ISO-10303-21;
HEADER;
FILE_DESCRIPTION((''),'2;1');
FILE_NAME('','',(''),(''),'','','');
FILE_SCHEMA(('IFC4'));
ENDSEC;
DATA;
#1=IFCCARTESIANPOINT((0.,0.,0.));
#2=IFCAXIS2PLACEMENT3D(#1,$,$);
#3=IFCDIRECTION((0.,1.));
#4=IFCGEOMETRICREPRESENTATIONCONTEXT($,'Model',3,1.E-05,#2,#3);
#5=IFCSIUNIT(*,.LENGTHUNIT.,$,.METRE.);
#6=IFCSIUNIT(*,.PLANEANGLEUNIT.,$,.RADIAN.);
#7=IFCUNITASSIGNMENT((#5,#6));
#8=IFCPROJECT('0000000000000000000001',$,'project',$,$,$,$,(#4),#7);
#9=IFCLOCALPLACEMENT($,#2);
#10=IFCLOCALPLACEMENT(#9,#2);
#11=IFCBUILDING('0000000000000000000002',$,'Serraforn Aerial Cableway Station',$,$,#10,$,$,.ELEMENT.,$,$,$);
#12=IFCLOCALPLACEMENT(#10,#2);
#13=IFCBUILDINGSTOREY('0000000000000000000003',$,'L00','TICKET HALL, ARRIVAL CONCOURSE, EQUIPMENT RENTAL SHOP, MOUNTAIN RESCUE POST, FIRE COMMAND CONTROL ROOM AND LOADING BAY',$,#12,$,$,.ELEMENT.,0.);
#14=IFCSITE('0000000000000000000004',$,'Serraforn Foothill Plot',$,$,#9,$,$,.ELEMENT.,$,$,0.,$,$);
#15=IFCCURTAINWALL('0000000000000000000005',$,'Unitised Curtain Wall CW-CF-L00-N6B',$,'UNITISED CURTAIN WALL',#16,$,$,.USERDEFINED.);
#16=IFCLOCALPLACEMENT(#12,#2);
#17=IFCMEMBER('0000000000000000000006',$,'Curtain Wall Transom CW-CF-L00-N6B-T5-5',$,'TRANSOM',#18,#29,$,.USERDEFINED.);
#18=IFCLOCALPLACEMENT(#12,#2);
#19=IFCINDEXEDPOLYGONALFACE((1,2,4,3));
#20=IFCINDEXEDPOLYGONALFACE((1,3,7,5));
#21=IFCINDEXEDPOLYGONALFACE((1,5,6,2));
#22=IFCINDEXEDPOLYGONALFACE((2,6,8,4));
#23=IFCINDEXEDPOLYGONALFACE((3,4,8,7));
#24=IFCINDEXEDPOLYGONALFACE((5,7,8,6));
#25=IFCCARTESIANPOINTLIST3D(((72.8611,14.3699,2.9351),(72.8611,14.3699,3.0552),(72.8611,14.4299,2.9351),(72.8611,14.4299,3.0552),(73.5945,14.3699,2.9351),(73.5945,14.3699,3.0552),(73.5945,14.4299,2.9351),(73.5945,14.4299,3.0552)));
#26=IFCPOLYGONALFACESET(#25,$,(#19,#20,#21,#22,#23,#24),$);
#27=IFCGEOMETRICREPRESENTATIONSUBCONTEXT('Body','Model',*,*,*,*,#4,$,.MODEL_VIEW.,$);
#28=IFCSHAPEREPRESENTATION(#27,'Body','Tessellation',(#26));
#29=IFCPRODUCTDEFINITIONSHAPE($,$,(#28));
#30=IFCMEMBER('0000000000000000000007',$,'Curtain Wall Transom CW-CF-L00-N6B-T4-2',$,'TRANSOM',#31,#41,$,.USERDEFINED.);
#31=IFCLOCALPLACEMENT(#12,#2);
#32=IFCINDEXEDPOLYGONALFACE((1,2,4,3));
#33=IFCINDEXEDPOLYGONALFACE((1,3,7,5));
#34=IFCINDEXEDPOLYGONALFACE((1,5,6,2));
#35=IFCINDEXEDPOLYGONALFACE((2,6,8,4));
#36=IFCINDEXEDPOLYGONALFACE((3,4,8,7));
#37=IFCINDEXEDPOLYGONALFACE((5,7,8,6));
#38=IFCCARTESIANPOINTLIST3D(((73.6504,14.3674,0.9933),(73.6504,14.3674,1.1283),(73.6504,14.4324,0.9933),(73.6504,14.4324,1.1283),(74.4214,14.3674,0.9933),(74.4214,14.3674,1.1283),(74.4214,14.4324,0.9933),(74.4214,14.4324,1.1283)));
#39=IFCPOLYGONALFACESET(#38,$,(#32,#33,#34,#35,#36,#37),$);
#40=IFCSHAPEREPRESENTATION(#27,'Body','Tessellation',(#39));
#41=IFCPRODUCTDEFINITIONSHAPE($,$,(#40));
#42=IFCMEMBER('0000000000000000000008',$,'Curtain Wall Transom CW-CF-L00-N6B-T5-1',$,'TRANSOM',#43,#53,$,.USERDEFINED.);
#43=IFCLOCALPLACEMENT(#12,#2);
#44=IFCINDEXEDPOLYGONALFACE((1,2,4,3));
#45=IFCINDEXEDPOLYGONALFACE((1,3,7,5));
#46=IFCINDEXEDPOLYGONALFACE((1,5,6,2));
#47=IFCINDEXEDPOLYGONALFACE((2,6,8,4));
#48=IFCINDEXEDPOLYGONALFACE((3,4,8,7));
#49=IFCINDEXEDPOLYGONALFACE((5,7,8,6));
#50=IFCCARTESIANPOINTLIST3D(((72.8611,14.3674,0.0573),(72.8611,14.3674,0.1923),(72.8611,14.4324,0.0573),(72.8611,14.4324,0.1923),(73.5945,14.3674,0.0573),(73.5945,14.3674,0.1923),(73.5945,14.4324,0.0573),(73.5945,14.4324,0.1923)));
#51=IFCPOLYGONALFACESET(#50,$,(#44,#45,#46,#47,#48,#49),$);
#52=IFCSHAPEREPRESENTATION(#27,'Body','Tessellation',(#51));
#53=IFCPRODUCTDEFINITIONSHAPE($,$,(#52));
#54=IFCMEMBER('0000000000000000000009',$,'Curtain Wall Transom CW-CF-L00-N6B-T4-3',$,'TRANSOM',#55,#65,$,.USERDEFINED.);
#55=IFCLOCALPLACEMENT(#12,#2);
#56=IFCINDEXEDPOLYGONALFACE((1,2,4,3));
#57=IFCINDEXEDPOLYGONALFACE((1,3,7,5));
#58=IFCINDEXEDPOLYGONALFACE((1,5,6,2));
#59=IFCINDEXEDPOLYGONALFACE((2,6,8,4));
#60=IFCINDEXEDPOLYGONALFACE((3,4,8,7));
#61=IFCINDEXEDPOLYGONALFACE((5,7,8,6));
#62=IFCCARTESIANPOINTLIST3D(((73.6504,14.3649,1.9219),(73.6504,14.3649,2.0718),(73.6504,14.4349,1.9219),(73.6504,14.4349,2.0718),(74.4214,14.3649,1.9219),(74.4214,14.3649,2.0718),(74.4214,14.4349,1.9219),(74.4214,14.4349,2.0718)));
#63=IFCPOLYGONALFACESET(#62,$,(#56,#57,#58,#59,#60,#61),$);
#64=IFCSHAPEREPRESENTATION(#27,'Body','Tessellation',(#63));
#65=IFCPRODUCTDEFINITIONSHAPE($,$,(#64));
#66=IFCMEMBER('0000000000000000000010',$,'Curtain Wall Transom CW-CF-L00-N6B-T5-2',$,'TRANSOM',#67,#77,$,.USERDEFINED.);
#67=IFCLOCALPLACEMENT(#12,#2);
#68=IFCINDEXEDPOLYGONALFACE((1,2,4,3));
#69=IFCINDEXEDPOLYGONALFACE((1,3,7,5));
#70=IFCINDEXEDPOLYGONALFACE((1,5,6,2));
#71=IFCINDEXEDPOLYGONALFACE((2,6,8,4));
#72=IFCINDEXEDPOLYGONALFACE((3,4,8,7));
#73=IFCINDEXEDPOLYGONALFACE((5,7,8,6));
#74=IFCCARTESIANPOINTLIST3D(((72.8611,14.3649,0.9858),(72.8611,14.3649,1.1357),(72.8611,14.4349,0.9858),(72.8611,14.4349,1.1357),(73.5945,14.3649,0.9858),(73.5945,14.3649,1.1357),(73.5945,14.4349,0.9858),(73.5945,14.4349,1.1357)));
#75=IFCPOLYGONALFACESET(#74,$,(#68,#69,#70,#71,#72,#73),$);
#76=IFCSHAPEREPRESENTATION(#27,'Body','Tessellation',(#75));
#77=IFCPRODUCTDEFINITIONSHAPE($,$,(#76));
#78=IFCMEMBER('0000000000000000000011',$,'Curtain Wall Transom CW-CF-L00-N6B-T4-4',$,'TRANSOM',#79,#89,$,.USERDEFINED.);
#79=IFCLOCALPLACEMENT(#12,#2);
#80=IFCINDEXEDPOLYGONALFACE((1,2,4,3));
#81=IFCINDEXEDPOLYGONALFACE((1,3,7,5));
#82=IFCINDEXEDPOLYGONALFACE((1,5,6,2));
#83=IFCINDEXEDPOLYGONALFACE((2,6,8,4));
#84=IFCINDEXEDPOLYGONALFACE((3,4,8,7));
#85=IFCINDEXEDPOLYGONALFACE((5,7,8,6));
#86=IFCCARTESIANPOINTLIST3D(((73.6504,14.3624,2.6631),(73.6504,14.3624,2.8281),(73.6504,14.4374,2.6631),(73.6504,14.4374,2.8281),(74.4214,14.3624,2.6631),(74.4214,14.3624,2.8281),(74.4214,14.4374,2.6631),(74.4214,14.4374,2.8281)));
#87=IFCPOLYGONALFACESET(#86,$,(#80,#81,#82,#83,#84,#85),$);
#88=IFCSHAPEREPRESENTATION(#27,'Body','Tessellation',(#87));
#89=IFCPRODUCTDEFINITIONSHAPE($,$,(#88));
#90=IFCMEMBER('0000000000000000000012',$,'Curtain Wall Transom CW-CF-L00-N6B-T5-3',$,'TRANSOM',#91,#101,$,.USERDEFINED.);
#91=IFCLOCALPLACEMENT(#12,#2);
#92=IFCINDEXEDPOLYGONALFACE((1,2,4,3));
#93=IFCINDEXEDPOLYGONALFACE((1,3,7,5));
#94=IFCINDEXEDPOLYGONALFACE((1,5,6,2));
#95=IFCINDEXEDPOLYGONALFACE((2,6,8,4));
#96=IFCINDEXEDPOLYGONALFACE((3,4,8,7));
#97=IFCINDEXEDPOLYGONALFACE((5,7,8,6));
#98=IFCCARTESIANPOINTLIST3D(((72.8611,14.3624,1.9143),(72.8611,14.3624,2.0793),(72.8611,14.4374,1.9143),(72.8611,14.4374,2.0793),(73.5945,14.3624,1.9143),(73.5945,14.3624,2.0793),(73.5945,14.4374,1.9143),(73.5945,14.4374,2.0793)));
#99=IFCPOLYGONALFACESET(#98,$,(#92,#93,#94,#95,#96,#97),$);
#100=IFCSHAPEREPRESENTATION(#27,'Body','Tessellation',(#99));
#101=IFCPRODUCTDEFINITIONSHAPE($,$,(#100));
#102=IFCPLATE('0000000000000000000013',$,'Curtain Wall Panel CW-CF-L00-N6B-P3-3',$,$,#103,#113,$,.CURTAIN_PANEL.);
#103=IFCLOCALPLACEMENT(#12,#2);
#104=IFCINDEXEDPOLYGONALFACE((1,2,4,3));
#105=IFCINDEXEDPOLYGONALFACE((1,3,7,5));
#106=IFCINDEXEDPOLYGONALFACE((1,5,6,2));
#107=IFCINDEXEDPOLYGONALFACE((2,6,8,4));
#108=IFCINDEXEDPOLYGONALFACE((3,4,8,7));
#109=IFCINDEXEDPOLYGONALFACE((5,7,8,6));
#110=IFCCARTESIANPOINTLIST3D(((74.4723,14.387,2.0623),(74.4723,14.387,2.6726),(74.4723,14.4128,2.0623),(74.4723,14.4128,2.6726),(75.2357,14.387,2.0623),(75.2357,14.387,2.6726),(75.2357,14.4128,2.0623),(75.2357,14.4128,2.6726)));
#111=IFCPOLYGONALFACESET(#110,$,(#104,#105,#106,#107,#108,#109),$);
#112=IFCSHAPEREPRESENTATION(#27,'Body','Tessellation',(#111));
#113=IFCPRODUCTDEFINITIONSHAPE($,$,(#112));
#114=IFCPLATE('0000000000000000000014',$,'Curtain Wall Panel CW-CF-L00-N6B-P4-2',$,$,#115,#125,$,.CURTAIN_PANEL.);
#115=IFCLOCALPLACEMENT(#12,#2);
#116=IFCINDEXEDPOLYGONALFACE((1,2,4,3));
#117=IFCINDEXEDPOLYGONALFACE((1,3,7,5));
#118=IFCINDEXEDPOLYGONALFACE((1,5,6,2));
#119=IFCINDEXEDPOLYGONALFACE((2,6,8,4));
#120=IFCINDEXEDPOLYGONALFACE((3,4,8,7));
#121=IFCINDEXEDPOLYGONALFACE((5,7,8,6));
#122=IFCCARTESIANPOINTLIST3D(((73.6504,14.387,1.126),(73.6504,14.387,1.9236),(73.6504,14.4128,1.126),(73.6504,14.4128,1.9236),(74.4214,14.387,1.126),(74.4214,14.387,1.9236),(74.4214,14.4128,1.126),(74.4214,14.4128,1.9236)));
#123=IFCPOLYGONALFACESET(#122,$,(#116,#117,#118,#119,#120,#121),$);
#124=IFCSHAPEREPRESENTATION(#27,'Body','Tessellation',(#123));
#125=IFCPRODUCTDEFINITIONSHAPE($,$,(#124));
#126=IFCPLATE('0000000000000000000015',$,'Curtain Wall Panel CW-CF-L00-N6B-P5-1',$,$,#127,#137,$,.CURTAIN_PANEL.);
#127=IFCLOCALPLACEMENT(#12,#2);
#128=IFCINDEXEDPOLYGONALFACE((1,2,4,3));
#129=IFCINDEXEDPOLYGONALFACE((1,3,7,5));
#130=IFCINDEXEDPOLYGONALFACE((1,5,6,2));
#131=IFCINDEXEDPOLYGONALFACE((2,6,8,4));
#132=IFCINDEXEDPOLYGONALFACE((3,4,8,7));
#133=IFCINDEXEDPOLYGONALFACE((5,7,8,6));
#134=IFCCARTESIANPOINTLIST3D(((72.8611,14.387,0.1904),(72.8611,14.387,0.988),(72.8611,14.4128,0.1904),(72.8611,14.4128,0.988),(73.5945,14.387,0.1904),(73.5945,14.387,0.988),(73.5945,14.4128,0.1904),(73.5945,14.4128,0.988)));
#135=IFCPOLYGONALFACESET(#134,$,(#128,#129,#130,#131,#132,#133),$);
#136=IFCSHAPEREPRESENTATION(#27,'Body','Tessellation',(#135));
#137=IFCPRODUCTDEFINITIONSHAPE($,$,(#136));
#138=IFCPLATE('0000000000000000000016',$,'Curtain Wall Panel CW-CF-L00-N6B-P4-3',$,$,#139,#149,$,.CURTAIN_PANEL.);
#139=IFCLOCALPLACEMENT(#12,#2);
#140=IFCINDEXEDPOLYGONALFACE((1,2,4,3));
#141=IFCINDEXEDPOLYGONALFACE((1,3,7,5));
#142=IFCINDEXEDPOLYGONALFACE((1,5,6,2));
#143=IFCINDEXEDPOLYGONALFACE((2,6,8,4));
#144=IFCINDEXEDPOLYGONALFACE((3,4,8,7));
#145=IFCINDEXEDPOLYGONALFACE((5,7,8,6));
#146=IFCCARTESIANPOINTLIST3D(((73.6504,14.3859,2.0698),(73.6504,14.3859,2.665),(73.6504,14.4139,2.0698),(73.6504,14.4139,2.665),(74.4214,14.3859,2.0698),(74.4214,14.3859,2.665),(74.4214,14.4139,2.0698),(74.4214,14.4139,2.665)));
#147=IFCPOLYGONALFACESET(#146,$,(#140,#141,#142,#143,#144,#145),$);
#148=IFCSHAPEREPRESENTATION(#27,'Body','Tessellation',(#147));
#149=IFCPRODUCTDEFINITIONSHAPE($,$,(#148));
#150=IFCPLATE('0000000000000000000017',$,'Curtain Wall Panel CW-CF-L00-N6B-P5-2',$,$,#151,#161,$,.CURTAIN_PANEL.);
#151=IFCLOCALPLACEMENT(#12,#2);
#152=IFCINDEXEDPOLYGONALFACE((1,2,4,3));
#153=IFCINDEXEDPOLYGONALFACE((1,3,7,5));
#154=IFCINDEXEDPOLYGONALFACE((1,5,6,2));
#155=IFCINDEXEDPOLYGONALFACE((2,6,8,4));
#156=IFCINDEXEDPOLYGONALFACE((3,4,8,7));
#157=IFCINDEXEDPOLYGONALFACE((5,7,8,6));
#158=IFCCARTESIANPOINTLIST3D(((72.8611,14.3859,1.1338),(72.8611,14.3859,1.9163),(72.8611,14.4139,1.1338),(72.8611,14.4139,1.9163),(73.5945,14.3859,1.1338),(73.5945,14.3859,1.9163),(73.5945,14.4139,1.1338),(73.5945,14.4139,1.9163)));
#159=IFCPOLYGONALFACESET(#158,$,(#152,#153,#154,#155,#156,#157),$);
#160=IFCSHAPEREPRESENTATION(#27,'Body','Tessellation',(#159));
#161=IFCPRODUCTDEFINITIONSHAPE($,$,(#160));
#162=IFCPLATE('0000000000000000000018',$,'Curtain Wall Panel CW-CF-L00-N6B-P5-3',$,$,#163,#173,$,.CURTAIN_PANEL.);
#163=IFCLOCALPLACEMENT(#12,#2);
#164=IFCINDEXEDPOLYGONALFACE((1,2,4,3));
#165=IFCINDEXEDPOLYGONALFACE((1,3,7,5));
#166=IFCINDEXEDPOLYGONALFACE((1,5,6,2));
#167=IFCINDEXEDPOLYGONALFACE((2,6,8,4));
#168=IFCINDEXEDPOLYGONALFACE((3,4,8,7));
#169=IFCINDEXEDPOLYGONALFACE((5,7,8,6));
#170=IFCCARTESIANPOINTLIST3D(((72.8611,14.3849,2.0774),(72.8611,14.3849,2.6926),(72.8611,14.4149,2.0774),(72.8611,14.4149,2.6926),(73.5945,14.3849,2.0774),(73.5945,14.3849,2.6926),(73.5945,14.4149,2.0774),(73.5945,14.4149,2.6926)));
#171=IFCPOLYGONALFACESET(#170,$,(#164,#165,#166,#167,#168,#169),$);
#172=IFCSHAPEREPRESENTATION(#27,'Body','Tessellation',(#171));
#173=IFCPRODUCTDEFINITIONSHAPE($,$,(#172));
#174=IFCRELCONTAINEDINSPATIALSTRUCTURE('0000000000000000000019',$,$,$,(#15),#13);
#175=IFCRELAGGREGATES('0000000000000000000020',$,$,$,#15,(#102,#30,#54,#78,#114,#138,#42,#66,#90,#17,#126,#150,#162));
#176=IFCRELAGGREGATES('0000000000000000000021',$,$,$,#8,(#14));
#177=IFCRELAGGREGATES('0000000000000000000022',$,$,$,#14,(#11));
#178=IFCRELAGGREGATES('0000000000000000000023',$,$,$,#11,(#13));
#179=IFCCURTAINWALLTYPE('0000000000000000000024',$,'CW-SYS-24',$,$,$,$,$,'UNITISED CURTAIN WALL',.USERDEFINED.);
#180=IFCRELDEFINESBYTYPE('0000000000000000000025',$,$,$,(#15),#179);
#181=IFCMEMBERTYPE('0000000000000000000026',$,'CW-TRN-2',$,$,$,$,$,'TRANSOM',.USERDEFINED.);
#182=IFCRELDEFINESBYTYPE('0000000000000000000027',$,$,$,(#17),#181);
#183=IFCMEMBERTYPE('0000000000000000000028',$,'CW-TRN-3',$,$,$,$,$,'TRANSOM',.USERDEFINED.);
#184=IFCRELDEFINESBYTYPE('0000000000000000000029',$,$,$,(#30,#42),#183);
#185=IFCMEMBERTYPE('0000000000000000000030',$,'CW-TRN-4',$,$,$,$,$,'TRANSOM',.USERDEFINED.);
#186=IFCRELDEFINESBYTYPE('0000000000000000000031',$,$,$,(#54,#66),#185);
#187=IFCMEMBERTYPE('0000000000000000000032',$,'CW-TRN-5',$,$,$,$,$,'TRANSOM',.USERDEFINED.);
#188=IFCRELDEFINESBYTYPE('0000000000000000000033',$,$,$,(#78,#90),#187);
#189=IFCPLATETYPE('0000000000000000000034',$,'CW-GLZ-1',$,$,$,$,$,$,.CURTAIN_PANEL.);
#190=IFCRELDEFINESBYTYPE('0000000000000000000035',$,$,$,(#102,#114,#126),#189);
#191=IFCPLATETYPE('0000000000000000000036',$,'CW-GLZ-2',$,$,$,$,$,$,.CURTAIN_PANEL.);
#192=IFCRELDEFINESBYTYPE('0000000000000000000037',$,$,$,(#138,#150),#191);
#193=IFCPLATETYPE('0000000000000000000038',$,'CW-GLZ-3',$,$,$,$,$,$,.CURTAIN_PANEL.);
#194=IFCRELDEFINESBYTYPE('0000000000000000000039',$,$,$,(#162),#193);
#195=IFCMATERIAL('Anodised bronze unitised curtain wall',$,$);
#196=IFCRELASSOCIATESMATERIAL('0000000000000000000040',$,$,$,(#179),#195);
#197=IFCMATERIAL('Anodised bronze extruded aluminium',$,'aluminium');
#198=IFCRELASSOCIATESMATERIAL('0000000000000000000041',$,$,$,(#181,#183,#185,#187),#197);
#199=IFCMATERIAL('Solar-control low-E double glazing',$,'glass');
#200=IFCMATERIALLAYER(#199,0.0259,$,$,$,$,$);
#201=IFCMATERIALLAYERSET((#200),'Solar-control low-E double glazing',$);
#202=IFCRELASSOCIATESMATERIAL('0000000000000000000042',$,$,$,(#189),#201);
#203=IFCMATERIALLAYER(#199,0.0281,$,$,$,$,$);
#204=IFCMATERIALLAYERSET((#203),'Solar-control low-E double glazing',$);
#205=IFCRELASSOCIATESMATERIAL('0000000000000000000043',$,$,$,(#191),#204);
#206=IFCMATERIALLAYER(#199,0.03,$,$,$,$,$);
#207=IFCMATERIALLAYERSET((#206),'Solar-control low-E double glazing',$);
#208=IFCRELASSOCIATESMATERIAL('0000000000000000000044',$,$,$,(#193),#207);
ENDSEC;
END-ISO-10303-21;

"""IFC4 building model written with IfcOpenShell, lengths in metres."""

from ifc_helpers import new_model, si_unit, direction, frame, origin, origin_2d, place, context, subcontext, project, spatial, rectangle, extrude, material, layer, layer_set, material_profile, profile_set, type_object, element, aggregate, save


model = new_model("IFC4")

# Units and contexts
model_context = context("Model", 3, precision=1e-05, world=origin(), true_north=direction((0.0, 1.0)))
body_context = subcontext(model_context, "Body", "Model", "MODEL_VIEW")
ifc_project = project(units=[si_unit("LENGTHUNIT", "METRE"), si_unit("PLANEANGLEUNIT", "RADIAN")], contexts=[model_context])

# Site, building, storey
site_placement = place(None, origin())
site = spatial("IfcSite", under=ifc_project, at=site_placement, Name="Serraforn Foothill Plot", CompositionType="ELEMENT", RefElevation=0.0)
building_placement = place(site_placement, origin())
building = spatial("IfcBuilding", under=site, at=building_placement, Name="Serraforn Aerial Cableway Station", CompositionType="ELEMENT")
storey_placement = place(building_placement, origin())
storey = spatial("IfcBuildingStorey", under=building, at=storey_placement, Name="L00", Description="TICKET HALL, ARRIVAL CONCOURSE, EQUIPMENT RENTAL SHOP, MOUNTAIN RESCUE POST, FIRE COMMAND CONTROL ROOM AND LOADING BAY", CompositionType="ELEMENT", Elevation=0.0)

# Curtain wall, members, plates
ifc_material_1 = material(Name="Anodised bronze unitised curtain wall")
curtain_wall_type = type_object("IfcCurtainWallType", Name="CW-SYS-24", ElementType="UNITISED CURTAIN WALL", PredefinedType="USERDEFINED", material=ifc_material_1)
curtain_wall_placement = place(storey_placement, origin())
curtain_wall = element("IfcCurtainWall", 1, at=curtain_wall_placement, inside=storey, type_object=curtain_wall_type, Name="Unitised Curtain Wall CW-CF-L00-N6B", ObjectType="UNITISED CURTAIN WALL", PredefinedType="USERDEFINED")
ifc_material_2 = material(Name="Anodised bronze extruded aluminium", Category="aluminium")
ifc_material_profile_1 = material_profile(ifc_material_2, rectangle(XDim=0.0601, YDim=0.1201, at=origin_2d()), Name="CW TRANSOM 60x120")
ifc_profile_set_1 = profile_set([ifc_material_profile_1], Name="Anodised bronze extruded aluminium")
member_type_1 = type_object("IfcMemberType", Name="CW-TRN-2", ElementType="TRANSOM", PredefinedType="USERDEFINED", material=ifc_profile_set_1)
member_1_placement = place(storey_placement, frame((73.5945, 14.3999, 2.9951), z_axis=(-1.0, 0.0, 0.0), x_axis=(0.0, -1.0, 0.0)))
member_1 = element("IfcMember", 2, at=member_1_placement, type_object=member_type_1, Name="Curtain Wall Transom CW-CF-L00-N6B-T5-5", ObjectType="TRANSOM", PredefinedType="USERDEFINED", context=body_context, shape_type="SweptSolid", body=[
    extrude(rectangle(XDim=0.0601, YDim=0.1201, at=origin_2d()), origin(), (0.0, 0.0, 1.0), 0.7334),
])
ifc_material_profile_2 = material_profile(ifc_material_2, rectangle(XDim=0.0649, YDim=0.135, at=origin_2d()), Name="CW TRANSOM 65x135")
ifc_profile_set_2 = profile_set([ifc_material_profile_2], Name="Anodised bronze extruded aluminium")
member_type_2 = type_object("IfcMemberType", Name="CW-TRN-3", ElementType="TRANSOM", PredefinedType="USERDEFINED", material=ifc_profile_set_2)
member_2_placement = place(storey_placement, frame((74.4214, 14.3999, 1.0608), z_axis=(-1.0, 0.0, 0.0), x_axis=(0.0, -1.0, 0.0)))
member_2 = element("IfcMember", 3, at=member_2_placement, type_object=member_type_2, Name="Curtain Wall Transom CW-CF-L00-N6B-T4-2", ObjectType="TRANSOM", PredefinedType="USERDEFINED", context=body_context, shape_type="SweptSolid", body=[
    extrude(rectangle(XDim=0.0649, YDim=0.135, at=origin_2d()), origin(), (0.0, 0.0, 1.0), 0.771),
])
member_3_placement = place(storey_placement, frame((73.5945, 14.3999, 0.1248), z_axis=(-1.0, 0.0, 0.0), x_axis=(0.0, -1.0, 0.0)))
member_3 = element("IfcMember", 4, at=member_3_placement, type_object=member_type_2, Name="Curtain Wall Transom CW-CF-L00-N6B-T5-1", ObjectType="TRANSOM", PredefinedType="USERDEFINED", context=body_context, shape_type="SweptSolid", body=[
    extrude(rectangle(XDim=0.0649, YDim=0.135, at=origin_2d()), origin(), (0.0, 0.0, 1.0), 0.7334),
])
ifc_material_profile_3 = material_profile(ifc_material_2, rectangle(XDim=0.0701, YDim=0.1499, at=origin_2d()), Name="CW TRANSOM 70x150")
ifc_profile_set_3 = profile_set([ifc_material_profile_3], Name="Anodised bronze extruded aluminium")
member_type_3 = type_object("IfcMemberType", Name="CW-TRN-4", ElementType="TRANSOM", PredefinedType="USERDEFINED", material=ifc_profile_set_3)
member_4_placement = place(storey_placement, frame((74.4214, 14.3999, 1.9968), z_axis=(-1.0, 0.0, 0.0), x_axis=(0.0, -1.0, 0.0)))
member_4 = element("IfcMember", 5, at=member_4_placement, type_object=member_type_3, Name="Curtain Wall Transom CW-CF-L00-N6B-T4-3", ObjectType="TRANSOM", PredefinedType="USERDEFINED", context=body_context, shape_type="SweptSolid", body=[
    extrude(rectangle(XDim=0.0701, YDim=0.1499, at=origin_2d()), origin(), (0.0, 0.0, 1.0), 0.771),
])
member_5_placement = place(storey_placement, frame((73.5945, 14.3999, 1.0608), z_axis=(-1.0, 0.0, 0.0), x_axis=(0.0, -1.0, 0.0)))
member_5 = element("IfcMember", 6, at=member_5_placement, type_object=member_type_3, Name="Curtain Wall Transom CW-CF-L00-N6B-T5-2", ObjectType="TRANSOM", PredefinedType="USERDEFINED", context=body_context, shape_type="SweptSolid", body=[
    extrude(rectangle(XDim=0.0701, YDim=0.1499, at=origin_2d()), origin(), (0.0, 0.0, 1.0), 0.7334),
])
ifc_material_profile_4 = material_profile(ifc_material_2, rectangle(XDim=0.075, YDim=0.165, at=origin_2d()), Name="CW TRANSOM 75x165")
ifc_profile_set_4 = profile_set([ifc_material_profile_4], Name="Anodised bronze extruded aluminium")
member_type_4 = type_object("IfcMemberType", Name="CW-TRN-5", ElementType="TRANSOM", PredefinedType="USERDEFINED", material=ifc_profile_set_4)
member_6_placement = place(storey_placement, frame((74.4214, 14.3999, 2.7456), z_axis=(-1.0, 0.0, 0.0), x_axis=(0.0, -1.0, 0.0)))
member_6 = element("IfcMember", 7, at=member_6_placement, type_object=member_type_4, Name="Curtain Wall Transom CW-CF-L00-N6B-T4-4", ObjectType="TRANSOM", PredefinedType="USERDEFINED", context=body_context, shape_type="SweptSolid", body=[
    extrude(rectangle(XDim=0.075, YDim=0.165, at=origin_2d()), origin(), (0.0, 0.0, 1.0), 0.771),
])
member_7_placement = place(storey_placement, frame((73.5945, 14.3999, 1.9968), z_axis=(-1.0, 0.0, 0.0), x_axis=(0.0, -1.0, 0.0)))
member_7 = element("IfcMember", 8, at=member_7_placement, type_object=member_type_4, Name="Curtain Wall Transom CW-CF-L00-N6B-T5-3", ObjectType="TRANSOM", PredefinedType="USERDEFINED", context=body_context, shape_type="SweptSolid", body=[
    extrude(rectangle(XDim=0.075, YDim=0.165, at=origin_2d()), origin(), (0.0, 0.0, 1.0), 0.7334),
])
ifc_material_3 = material(Name="Solar-control low-E double glazing", Category="glass")
ifc_layer_1 = layer(ifc_material_3, 0.0259)
ifc_layer_set_1 = layer_set([ifc_layer_1], Name="Solar-control low-E double glazing")
plate_type_1 = type_object("IfcPlateType", Name="CW-GLZ-1", PredefinedType="CURTAIN_PANEL", material=ifc_layer_set_1)
plate_1_placement = place(storey_placement, frame((74.854, 14.3999, 2.0623), z_axis=(0.0, 0.0, 1.0), x_axis=(1.0, 0.0, 0.0)))
plate_1 = element("IfcPlate", 9, at=plate_1_placement, type_object=plate_type_1, Name="Curtain Wall Panel CW-CF-L00-N6B-P3-3", PredefinedType="CURTAIN_PANEL", context=body_context, shape_type="SweptSolid", body=[
    extrude(rectangle(XDim=0.7634, YDim=0.0259, at=origin_2d()), origin(), (0.0, 0.0, 1.0), 0.6104),
])
plate_2_placement = place(storey_placement, frame((74.0359, 14.3999, 1.126), z_axis=(0.0, 0.0, 1.0), x_axis=(1.0, 0.0, 0.0)))
plate_2 = element("IfcPlate", 10, at=plate_2_placement, type_object=plate_type_1, Name="Curtain Wall Panel CW-CF-L00-N6B-P4-2", PredefinedType="CURTAIN_PANEL", context=body_context, shape_type="SweptSolid", body=[
    extrude(rectangle(XDim=0.771, YDim=0.0259, at=origin_2d()), origin(), (0.0, 0.0, 1.0), 0.7976),
])
plate_3_placement = place(storey_placement, frame((73.2278, 14.3999, 0.1904), z_axis=(0.0, 0.0, 1.0), x_axis=(1.0, 0.0, 0.0)))
plate_3 = element("IfcPlate", 11, at=plate_3_placement, type_object=plate_type_1, Name="Curtain Wall Panel CW-CF-L00-N6B-P5-1", PredefinedType="CURTAIN_PANEL", context=body_context, shape_type="SweptSolid", body=[
    extrude(rectangle(XDim=0.7334, YDim=0.0259, at=origin_2d()), origin(), (0.0, 0.0, 1.0), 0.7976),
])
ifc_layer_2 = layer(ifc_material_3, 0.0281)
ifc_layer_set_2 = layer_set([ifc_layer_2], Name="Solar-control low-E double glazing")
plate_type_2 = type_object("IfcPlateType", Name="CW-GLZ-2", PredefinedType="CURTAIN_PANEL", material=ifc_layer_set_2)
plate_4_placement = place(storey_placement, frame((74.0359, 14.3999, 2.0698), z_axis=(0.0, 0.0, 1.0), x_axis=(1.0, 0.0, 0.0)))
plate_4 = element("IfcPlate", 12, at=plate_4_placement, type_object=plate_type_2, Name="Curtain Wall Panel CW-CF-L00-N6B-P4-3", PredefinedType="CURTAIN_PANEL", context=body_context, shape_type="SweptSolid", body=[
    extrude(rectangle(XDim=0.771, YDim=0.0281, at=origin_2d()), origin(), (0.0, 0.0, 1.0), 0.5952),
])
plate_5_placement = place(storey_placement, frame((73.2278, 14.3999, 1.1338), z_axis=(0.0, 0.0, 1.0), x_axis=(1.0, 0.0, 0.0)))
plate_5 = element("IfcPlate", 13, at=plate_5_placement, type_object=plate_type_2, Name="Curtain Wall Panel CW-CF-L00-N6B-P5-2", PredefinedType="CURTAIN_PANEL", context=body_context, shape_type="SweptSolid", body=[
    extrude(rectangle(XDim=0.7334, YDim=0.0281, at=origin_2d()), origin(), (0.0, 0.0, 1.0), 0.7825),
])
ifc_layer_3 = layer(ifc_material_3, 0.03)
ifc_layer_set_3 = layer_set([ifc_layer_3], Name="Solar-control low-E double glazing")
plate_type_3 = type_object("IfcPlateType", Name="CW-GLZ-3", PredefinedType="CURTAIN_PANEL", material=ifc_layer_set_3)
plate_6_placement = place(storey_placement, frame((73.2278, 14.3999, 2.0774), z_axis=(0.0, 0.0, 1.0), x_axis=(1.0, 0.0, 0.0)))
plate_6 = element("IfcPlate", 14, at=plate_6_placement, type_object=plate_type_3, Name="Curtain Wall Panel CW-CF-L00-N6B-P5-3", PredefinedType="CURTAIN_PANEL", context=body_context, shape_type="SweptSolid", body=[
    extrude(rectangle(XDim=0.7334, YDim=0.03, at=origin_2d()), origin(), (0.0, 0.0, 1.0), 0.6152),
])
aggregate(curtain_wall, [plate_1, member_2, member_4, member_6, plate_2, plate_4, member_3, member_5, member_7, member_1, plate_3, plate_5, plate_6])

save(model, "model.ifc")
